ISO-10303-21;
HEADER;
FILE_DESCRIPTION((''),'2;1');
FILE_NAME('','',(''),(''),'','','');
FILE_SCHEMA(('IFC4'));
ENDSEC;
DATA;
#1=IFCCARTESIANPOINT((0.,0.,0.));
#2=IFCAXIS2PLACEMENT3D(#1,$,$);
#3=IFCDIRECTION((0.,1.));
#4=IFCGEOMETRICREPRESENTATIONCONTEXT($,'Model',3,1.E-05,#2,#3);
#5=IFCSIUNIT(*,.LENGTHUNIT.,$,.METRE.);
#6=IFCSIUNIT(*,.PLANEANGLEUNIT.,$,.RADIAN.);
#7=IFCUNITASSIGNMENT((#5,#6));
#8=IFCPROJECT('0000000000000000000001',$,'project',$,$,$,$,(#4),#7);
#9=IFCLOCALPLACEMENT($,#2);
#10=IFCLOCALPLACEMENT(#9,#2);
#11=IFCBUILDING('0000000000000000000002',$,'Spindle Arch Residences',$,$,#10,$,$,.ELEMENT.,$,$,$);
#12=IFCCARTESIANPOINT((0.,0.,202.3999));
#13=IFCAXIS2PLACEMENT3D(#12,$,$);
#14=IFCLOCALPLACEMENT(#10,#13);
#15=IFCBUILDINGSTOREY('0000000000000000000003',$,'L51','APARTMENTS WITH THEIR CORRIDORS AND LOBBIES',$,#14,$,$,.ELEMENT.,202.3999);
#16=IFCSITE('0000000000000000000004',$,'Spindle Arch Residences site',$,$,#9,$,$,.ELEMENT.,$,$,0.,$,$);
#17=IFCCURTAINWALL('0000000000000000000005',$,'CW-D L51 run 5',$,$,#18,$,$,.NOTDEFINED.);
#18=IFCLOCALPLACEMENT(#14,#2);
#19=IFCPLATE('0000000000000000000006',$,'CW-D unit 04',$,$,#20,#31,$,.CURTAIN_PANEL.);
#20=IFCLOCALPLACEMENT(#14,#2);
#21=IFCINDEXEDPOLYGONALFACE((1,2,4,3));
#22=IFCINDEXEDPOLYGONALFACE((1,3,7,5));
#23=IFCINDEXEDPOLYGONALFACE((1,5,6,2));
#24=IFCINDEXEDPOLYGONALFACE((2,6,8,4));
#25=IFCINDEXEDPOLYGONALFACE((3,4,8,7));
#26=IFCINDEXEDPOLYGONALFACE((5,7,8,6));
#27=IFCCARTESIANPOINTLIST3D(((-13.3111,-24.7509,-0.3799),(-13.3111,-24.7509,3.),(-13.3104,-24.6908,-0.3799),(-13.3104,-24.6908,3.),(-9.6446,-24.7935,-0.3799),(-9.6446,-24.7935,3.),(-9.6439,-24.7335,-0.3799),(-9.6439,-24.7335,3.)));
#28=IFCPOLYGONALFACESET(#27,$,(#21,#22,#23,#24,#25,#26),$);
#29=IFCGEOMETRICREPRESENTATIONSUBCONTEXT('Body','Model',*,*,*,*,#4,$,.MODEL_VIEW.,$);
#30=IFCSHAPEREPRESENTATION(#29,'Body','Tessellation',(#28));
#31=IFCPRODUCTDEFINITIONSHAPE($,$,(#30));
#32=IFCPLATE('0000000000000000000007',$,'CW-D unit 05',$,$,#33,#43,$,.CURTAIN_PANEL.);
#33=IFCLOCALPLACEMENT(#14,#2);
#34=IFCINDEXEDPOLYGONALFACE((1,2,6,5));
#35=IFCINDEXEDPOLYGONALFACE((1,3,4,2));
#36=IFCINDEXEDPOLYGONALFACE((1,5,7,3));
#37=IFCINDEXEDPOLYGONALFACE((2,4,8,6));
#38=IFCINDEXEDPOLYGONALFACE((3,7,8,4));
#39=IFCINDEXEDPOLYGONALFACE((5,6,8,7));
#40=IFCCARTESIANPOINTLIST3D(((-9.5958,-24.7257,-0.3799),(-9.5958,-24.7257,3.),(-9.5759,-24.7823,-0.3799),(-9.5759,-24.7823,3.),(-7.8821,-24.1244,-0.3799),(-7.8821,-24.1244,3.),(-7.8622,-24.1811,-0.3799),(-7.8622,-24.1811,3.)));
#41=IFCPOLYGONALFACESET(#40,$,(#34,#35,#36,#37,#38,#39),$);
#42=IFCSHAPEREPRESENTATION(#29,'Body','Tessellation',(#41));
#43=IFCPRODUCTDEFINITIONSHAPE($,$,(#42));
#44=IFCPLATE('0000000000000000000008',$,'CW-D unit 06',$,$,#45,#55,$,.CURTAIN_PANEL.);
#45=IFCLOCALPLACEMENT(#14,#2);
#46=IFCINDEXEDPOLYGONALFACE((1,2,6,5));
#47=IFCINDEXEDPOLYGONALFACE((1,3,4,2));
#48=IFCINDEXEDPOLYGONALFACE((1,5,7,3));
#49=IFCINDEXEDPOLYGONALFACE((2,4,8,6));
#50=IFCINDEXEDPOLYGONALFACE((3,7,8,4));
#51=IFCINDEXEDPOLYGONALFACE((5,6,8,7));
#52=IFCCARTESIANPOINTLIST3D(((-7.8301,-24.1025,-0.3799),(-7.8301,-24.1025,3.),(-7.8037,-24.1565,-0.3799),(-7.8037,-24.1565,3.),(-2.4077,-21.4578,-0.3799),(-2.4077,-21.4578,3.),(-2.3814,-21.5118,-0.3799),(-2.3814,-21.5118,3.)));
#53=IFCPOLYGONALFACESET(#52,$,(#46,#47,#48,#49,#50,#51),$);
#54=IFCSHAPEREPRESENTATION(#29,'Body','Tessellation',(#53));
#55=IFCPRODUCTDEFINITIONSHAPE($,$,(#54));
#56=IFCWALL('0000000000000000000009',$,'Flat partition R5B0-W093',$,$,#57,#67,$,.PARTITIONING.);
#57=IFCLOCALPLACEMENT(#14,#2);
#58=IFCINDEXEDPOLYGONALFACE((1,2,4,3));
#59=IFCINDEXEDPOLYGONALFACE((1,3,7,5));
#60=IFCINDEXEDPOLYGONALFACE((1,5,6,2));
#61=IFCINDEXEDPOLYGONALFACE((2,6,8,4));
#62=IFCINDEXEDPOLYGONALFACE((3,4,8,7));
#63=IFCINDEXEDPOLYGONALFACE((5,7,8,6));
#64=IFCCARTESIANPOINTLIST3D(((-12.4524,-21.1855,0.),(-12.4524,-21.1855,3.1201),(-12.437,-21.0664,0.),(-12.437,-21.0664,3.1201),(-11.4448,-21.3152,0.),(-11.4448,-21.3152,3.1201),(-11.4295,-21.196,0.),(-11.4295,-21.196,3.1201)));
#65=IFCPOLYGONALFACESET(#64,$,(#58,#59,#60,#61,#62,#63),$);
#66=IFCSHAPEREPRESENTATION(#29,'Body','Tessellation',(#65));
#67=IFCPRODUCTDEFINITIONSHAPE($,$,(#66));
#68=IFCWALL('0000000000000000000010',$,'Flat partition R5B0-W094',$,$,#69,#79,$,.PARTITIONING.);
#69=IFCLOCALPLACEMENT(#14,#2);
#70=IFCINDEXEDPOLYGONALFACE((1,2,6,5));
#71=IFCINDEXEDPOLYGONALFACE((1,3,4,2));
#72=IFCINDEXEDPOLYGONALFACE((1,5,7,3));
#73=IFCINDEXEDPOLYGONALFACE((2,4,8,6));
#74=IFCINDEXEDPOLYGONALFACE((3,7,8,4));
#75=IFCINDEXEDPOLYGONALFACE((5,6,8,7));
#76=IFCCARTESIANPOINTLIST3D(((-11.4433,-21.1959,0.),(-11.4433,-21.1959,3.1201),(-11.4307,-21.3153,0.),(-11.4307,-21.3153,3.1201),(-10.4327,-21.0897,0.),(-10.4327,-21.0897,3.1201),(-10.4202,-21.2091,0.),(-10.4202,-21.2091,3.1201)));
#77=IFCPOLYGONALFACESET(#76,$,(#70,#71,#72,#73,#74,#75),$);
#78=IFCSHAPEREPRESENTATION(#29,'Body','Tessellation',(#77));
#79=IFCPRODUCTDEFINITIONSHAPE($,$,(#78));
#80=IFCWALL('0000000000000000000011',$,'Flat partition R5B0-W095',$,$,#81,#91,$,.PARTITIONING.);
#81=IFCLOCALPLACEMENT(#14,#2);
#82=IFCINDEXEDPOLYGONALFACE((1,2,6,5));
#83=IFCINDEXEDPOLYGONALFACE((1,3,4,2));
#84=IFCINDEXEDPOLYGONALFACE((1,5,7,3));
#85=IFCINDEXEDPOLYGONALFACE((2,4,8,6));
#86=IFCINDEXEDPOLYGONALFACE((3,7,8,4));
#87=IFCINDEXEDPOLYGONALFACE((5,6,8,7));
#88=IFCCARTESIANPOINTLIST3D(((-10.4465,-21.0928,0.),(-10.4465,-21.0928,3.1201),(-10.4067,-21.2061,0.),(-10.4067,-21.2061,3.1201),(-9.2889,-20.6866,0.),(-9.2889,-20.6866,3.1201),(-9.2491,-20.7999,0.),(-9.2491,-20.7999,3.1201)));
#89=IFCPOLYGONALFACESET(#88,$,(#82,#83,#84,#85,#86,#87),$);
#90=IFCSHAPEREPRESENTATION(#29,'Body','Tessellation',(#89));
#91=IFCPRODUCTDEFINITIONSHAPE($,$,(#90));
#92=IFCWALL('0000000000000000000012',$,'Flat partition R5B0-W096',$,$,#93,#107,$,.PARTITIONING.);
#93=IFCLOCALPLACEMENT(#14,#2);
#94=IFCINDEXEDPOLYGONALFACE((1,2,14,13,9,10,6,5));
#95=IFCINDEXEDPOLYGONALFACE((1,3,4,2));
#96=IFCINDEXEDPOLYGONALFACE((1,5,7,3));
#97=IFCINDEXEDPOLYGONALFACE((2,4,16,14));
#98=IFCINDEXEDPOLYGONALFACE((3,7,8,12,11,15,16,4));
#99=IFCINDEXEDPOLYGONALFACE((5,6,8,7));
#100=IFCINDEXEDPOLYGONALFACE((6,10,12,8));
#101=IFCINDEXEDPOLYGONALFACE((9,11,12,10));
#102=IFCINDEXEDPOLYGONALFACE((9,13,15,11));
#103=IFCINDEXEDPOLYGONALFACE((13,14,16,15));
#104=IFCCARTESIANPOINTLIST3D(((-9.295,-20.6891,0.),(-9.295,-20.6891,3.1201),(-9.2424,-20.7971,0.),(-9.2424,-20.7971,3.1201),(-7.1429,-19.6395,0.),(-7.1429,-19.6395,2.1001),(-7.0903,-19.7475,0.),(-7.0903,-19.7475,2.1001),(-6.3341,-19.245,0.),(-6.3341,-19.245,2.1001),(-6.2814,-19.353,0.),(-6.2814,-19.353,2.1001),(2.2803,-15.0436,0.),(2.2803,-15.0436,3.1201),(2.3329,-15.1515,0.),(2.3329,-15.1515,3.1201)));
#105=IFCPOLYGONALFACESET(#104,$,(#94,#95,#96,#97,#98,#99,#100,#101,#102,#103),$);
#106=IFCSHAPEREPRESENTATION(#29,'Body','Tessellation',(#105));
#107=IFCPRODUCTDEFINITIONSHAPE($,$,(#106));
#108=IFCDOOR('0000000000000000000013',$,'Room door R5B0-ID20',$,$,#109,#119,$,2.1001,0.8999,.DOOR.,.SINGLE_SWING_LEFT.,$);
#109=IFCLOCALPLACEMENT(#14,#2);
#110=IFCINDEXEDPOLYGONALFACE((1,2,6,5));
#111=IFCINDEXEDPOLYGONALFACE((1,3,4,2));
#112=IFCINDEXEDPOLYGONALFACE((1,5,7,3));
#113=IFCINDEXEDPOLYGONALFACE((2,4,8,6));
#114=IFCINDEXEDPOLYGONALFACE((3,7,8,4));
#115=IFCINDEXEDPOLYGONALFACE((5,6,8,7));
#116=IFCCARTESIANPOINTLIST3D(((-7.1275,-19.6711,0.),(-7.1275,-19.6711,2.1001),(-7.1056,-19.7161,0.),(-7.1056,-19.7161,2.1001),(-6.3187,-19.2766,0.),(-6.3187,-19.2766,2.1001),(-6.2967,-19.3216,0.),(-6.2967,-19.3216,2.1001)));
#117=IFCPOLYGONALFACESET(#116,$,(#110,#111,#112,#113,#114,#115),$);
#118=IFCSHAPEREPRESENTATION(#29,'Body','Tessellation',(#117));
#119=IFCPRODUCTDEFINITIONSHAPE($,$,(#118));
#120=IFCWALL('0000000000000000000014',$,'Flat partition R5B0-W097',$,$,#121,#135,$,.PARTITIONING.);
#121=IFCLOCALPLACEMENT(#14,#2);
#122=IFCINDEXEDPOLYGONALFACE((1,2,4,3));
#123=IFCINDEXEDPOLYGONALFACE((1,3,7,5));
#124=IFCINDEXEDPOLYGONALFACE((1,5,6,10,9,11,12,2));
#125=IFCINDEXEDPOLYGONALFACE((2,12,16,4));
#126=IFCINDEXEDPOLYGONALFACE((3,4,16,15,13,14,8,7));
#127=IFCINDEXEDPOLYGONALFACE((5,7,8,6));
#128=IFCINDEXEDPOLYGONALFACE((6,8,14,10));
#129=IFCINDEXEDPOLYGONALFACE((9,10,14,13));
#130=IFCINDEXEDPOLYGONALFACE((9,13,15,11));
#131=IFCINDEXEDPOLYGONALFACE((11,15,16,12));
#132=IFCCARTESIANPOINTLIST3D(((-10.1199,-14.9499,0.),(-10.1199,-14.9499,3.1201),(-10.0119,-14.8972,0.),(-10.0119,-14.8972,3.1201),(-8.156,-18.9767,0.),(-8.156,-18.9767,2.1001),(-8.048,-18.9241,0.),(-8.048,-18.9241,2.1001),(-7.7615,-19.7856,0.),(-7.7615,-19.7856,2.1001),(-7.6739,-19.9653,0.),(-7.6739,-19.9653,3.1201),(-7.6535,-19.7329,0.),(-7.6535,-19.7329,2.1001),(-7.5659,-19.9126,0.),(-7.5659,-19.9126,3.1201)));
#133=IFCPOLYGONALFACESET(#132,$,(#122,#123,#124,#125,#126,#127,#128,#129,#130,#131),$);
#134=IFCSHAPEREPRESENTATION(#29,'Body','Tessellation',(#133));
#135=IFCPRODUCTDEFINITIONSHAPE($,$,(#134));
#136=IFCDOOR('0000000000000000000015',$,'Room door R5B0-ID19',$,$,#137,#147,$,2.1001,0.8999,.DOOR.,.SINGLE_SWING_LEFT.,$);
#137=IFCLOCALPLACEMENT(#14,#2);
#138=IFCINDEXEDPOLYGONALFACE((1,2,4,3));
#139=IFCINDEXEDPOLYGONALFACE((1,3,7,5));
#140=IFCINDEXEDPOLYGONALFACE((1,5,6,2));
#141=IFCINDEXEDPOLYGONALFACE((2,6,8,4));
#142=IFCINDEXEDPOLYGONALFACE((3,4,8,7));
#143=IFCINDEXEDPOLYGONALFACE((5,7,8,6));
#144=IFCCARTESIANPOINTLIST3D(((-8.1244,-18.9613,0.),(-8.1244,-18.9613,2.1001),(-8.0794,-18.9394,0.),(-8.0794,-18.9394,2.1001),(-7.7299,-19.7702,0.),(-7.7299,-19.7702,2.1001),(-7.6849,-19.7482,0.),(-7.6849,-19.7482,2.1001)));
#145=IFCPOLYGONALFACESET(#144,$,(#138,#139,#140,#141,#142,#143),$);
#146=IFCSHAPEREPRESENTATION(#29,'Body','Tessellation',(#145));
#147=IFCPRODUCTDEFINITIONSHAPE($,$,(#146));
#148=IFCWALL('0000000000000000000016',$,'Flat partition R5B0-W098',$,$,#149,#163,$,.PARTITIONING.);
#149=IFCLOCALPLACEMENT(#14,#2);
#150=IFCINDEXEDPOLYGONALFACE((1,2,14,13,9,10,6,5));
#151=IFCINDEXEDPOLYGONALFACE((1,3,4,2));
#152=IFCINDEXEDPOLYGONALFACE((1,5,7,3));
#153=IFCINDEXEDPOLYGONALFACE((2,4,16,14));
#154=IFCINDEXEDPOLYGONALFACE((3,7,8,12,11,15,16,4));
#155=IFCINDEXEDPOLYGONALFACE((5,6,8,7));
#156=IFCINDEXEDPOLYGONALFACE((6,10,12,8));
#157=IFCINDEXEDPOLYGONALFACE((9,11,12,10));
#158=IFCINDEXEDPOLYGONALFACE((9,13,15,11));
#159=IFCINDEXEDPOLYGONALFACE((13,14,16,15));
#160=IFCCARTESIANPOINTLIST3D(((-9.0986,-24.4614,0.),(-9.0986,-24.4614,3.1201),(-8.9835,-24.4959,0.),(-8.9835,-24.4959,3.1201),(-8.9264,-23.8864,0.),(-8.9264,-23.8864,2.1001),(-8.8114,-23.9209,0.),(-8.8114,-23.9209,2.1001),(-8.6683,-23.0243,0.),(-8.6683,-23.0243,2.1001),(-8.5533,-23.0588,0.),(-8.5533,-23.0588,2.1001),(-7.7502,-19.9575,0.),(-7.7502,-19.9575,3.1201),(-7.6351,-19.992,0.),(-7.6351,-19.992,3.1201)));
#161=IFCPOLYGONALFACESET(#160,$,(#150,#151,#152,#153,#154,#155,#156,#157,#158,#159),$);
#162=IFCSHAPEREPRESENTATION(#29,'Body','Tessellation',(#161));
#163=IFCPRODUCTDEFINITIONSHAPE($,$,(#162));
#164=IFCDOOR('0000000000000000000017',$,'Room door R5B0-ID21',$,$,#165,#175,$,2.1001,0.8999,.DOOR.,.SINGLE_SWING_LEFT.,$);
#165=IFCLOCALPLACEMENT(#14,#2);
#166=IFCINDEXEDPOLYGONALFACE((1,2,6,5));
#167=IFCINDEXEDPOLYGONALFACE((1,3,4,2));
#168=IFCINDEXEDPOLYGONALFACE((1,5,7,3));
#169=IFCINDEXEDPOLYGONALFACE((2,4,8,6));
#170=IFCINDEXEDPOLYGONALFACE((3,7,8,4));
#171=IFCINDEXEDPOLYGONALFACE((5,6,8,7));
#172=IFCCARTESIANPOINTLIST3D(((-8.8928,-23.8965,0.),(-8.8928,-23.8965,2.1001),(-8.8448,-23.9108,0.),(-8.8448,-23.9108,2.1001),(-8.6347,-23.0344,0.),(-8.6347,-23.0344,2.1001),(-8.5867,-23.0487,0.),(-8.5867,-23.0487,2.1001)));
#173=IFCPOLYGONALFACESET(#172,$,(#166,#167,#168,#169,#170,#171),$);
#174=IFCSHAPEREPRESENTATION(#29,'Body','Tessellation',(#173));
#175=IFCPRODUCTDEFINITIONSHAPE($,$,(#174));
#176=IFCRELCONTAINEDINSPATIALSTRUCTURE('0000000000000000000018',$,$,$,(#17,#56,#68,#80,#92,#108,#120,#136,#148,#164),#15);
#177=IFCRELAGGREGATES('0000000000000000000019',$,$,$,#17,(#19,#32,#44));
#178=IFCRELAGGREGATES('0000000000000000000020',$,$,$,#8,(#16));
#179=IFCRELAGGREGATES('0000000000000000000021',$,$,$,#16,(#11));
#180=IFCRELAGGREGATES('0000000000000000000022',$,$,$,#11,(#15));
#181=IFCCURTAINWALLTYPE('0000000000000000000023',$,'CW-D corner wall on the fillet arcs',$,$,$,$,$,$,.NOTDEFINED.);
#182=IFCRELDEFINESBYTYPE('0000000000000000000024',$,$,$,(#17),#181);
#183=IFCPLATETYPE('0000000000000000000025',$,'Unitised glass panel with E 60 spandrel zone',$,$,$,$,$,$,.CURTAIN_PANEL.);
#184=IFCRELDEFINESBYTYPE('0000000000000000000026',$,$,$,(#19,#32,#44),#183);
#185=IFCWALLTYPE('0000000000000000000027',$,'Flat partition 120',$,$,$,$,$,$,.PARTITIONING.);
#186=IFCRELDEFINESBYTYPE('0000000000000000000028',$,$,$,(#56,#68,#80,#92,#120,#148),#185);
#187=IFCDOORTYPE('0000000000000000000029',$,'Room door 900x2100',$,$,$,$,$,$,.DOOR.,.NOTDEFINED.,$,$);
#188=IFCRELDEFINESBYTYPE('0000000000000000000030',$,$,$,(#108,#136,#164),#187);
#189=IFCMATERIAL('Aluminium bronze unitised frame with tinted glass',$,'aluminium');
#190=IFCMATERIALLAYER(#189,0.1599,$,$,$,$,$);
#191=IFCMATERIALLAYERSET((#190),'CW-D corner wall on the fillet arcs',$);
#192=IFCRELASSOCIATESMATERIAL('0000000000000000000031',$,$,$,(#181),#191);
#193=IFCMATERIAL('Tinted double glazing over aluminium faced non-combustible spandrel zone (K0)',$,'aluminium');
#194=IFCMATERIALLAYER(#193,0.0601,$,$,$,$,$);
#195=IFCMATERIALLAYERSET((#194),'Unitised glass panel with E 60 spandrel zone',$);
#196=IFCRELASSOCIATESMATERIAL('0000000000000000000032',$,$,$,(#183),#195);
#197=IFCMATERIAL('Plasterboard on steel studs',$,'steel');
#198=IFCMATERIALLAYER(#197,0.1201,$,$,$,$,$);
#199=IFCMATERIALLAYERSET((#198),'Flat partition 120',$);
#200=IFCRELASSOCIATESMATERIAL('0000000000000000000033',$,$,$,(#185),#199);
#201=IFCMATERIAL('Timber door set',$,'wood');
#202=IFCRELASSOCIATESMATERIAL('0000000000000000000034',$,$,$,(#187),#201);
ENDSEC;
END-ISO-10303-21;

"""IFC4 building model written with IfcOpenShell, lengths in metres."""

from ifc_helpers import new_model, si_unit, direction, frame, frame_2d, origin, origin_2d, place, context, subcontext, project, spatial, rectangle, extrude, material, layer, layer_set, type_object, element, fill, aggregate, save


model = new_model("IFC4")

# Units and contexts
model_context = context("Model", 3, precision=1e-05, world=origin(), true_north=direction((0.0, 1.0)))
body_context = subcontext(model_context, "Body", "Model", "MODEL_VIEW")
ifc_project = project(units=[si_unit("LENGTHUNIT", "METRE"), si_unit("PLANEANGLEUNIT", "RADIAN")], contexts=[model_context])

# Site, building, storey
site_placement = place(None, origin())
site = spatial("IfcSite", under=ifc_project, at=site_placement, Name="Spindle Arch Residences site", CompositionType="ELEMENT", RefElevation=0.0)
building_placement = place(site_placement, origin())
building = spatial("IfcBuilding", under=site, at=building_placement, Name="Spindle Arch Residences", CompositionType="ELEMENT")
storey_placement = place(building_placement, frame((0.0, 0.0, 202.3999)))
storey = spatial("IfcBuildingStorey", under=building, at=storey_placement, Name="L51", Description="APARTMENTS WITH THEIR CORRIDORS AND LOBBIES", CompositionType="ELEMENT", Elevation=202.3999)

# Curtain wall
ifc_material_1 = material(Name="Aluminium bronze unitised frame with tinted glass", Category="aluminium")
ifc_layer_1 = layer(ifc_material_1, 0.1599)
ifc_layer_set_1 = layer_set([ifc_layer_1], Name="CW-D corner wall on the fillet arcs")
curtain_wall_type_1 = type_object("IfcCurtainWallType", Name="CW-D corner wall on the fillet arcs", PredefinedType="NOTDEFINED", material=ifc_layer_set_1)
curtain_wall_1_placement = place(storey_placement, origin())
curtain_wall_1 = element("IfcCurtainWall", 1, at=curtain_wall_1_placement, inside=storey, type_object=curtain_wall_type_1, Name="CW-D L51 run 5", PredefinedType="NOTDEFINED")

# Plates
ifc_material_2 = material(Name="Tinted double glazing over aluminium faced non-combustible spandrel zone (K0)", Category="aluminium")
ifc_layer_2 = layer(ifc_material_2, 0.0601)
ifc_layer_set_2 = layer_set([ifc_layer_2], Name="Unitised glass panel with E 60 spandrel zone")
plate_type = type_object("IfcPlateType", Name="Unitised glass panel with E 60 spandrel zone", PredefinedType="CURTAIN_PANEL", material=ifc_layer_set_2)
plate_1_placement = place(storey_placement, frame((-11.4775, -24.7422, -0.3799), z_axis=(0.0, 0.0, 1.0), x_axis=(0.999932, -0.011635, 0.0)))
plate_1 = element("IfcPlate", 2, at=plate_1_placement, type_object=plate_type, Name="CW-D unit 04", PredefinedType="CURTAIN_PANEL", context=body_context, shape_type="SweptSolid", body=[
    extrude(rectangle(XDim=3.6667, YDim=0.0601, at=origin_2d()), origin(), (0.0, 0.0, 1.0), 3.3799),
])
plate_2_placement = place(storey_placement, frame((-8.729, -24.4534, -0.3799), z_axis=(0.0, 0.0, 1.0), x_axis=(0.943609, 0.331063, 0.0)))
plate_2 = element("IfcPlate", 3, at=plate_2_placement, type_object=plate_type, Name="CW-D unit 05", PredefinedType="CURTAIN_PANEL", context=body_context, shape_type="SweptSolid", body=[
    extrude(rectangle(XDim=1.8162, YDim=0.0601, at=origin_2d()), origin(), (0.0, 0.0, 1.0), 3.3799),
])
plate_3_placement = place(storey_placement, frame((-5.1057, -22.8071, -0.3799), z_axis=(0.0, 0.0, 1.0), x_axis=(0.898794, 0.438371, 0.0)))
plate_3 = element("IfcPlate", 4, at=plate_3_placement, type_object=plate_type, Name="CW-D unit 06", PredefinedType="CURTAIN_PANEL", context=body_context, shape_type="SweptSolid", body=[
    extrude(rectangle(XDim=6.033, YDim=0.0601, at=origin_2d()), origin(), (0.0, 0.0, 1.0), 3.3799),
])
aggregate(curtain_wall_1, [plate_1, plate_2, plate_3])

# Walls
ifc_material_3 = material(Name="Plasterboard on steel studs", Category="steel")
ifc_layer_3 = layer(ifc_material_3, 0.1201)
ifc_layer_set_3 = layer_set([ifc_layer_3], Name="Flat partition 120")
wall_type = type_object("IfcWallType", Name="Flat partition 120", PredefinedType="PARTITIONING", material=ifc_layer_set_3)
wall_1_placement = place(storey_placement, frame((-12.4446, -21.126, 0.0), z_axis=(0.0, 0.0, 1.0), x_axis=(0.991824, -0.127613, 0.0)))
element("IfcWall", 5, at=wall_1_placement, inside=storey, type_object=wall_type, Name="Flat partition R5B0-W093", PredefinedType="PARTITIONING", context=body_context, shape_type="SweptSolid", body=[
    extrude(rectangle(XDim=1.0159, YDim=0.1201, at=frame_2d((0.5078, 0.0))), origin(), (0.0, 0.0, 1.0), 3.1201),
])
wall_2_placement = place(storey_placement, frame((-11.437, -21.2556, 0.0), z_axis=(0.0, 0.0, 1.0), x_axis=(0.994523, 0.104522, 0.0)))
element("IfcWall", 6, at=wall_2_placement, inside=storey, type_object=wall_type, Name="Flat partition R5B0-W094", PredefinedType="PARTITIONING", context=body_context, shape_type="SweptSolid", body=[
    extrude(rectangle(XDim=1.0161, YDim=0.1201, at=frame_2d((0.5081, 0.0))), origin(), (0.0, 0.0, 1.0), 3.1201),
])
wall_3_placement = place(storey_placement, frame((-10.4265, -21.1494, 0.0), z_axis=(0.0, 0.0, 1.0), x_axis=(0.943591, 0.331113, 0.0)))
element("IfcWall", 7, at=wall_3_placement, inside=storey, type_object=wall_type, Name="Flat partition R5B0-W095", PredefinedType="PARTITIONING", context=body_context, shape_type="SweptSolid", body=[
    extrude(rectangle(XDim=1.2268, YDim=0.1201, at=frame_2d((0.6133, 0.0))), origin(), (0.0, 0.0, 1.0), 3.1201),
])

# Walls, openings, doors
wall_4_placement = place(storey_placement, frame((-9.2688, -20.7432, 0.0), z_axis=(0.0, 0.0, 1.0), x_axis=(0.898797, 0.438365, 0.0)))
wall_4 = element("IfcWall", 8, at=wall_4_placement, inside=storey, type_object=wall_type, Name="Flat partition R5B0-W096", PredefinedType="PARTITIONING", context=body_context, shape_type="SweptSolid", body=[
    extrude(rectangle(XDim=12.8787, YDim=0.1201, at=frame_2d((6.4395, 0.0))), origin(), (0.0, 0.0, 1.0), 3.1201),
])
opening_1_placement = place(wall_4_placement, frame((2.3945, 0.0, 0.0)))
opening_1 = element("IfcOpeningElement", 9, at=opening_1_placement, cuts=wall_4, PredefinedType="OPENING", context=body_context, shape_type="SweptSolid", body=[
    extrude(rectangle(XDim=0.8999, YDim=2.1001, at=frame_2d((0.45, 1.05))), frame((0.0, 0.0701, 0.0), z_axis=(0.0, -1.0, 0.0), x_axis=(1.0, 0.0, 0.0)), (0.0, 0.0, 1.0), 0.1401),
])
ifc_material_4 = material(Name="Timber door set", Category="wood")
door_type = type_object("IfcDoorType", Name="Room door 900x2100", OperationType="NOTDEFINED", PredefinedType="DOOR", material=ifc_material_4)
door_1_placement = place(opening_1_placement, origin())
door_1 = element("IfcDoor", 10, at=door_1_placement, inside=storey, type_object=door_type, Name="Room door R5B0-ID20", OperationType="SINGLE_SWING_LEFT", OverallHeight=2.1001, OverallWidth=0.8999, PredefinedType="DOOR", context=body_context, shape_type="SweptSolid", body=[
    extrude(rectangle(XDim=0.8999, YDim=2.1001, at=frame_2d((0.45, 1.05))), frame((0.0, 0.0249, 0.0), z_axis=(0.0, -1.0, 0.0), x_axis=(1.0, 0.0, 0.0)), (0.0, 0.0, 1.0), 0.05),
])
fill(opening_1, door_1)
wall_5_placement = place(storey_placement, frame((-7.6199, -19.939, 0.0), z_axis=(0.0, 0.0, 1.0), x_axis=(-0.438354, 0.898803, 0.0)))
wall_5 = element("IfcWall", 11, at=wall_5_placement, inside=storey, type_object=wall_type, Name="Flat partition R5B0-W097", PredefinedType="PARTITIONING", context=body_context, shape_type="SweptSolid", body=[
    extrude(rectangle(XDim=5.5801, YDim=0.1201, at=frame_2d((2.79, 0.0))), origin(), (0.0, 0.0, 1.0), 3.1201),
])
opening_2_placement = place(wall_5_placement, frame((0.2, 0.0, 0.0)))
opening_2 = element("IfcOpeningElement", 12, at=opening_2_placement, cuts=wall_5, PredefinedType="OPENING", context=body_context, shape_type="SweptSolid", body=[
    extrude(rectangle(XDim=0.8999, YDim=2.1001, at=frame_2d((0.45, 1.05))), frame((0.0, 0.0701, 0.0), z_axis=(0.0, -1.0, 0.0), x_axis=(1.0, 0.0, 0.0)), (0.0, 0.0, 1.0), 0.1401),
])
door_2_placement = place(opening_2_placement, origin())
door_2 = element("IfcDoor", 13, at=door_2_placement, inside=storey, type_object=door_type, Name="Room door R5B0-ID19", OperationType="SINGLE_SWING_LEFT", OverallHeight=2.1001, OverallWidth=0.8999, PredefinedType="DOOR", context=body_context, shape_type="SweptSolid", body=[
    extrude(rectangle(XDim=0.8999, YDim=2.1001, at=frame_2d((0.45, 1.05))), frame((0.0, 0.0249, 0.0), z_axis=(0.0, -1.0, 0.0), x_axis=(1.0, 0.0, 0.0)), (0.0, 0.0, 1.0), 0.05),
])
fill(opening_2, door_2)
wall_6_placement = place(storey_placement, frame((-9.041, -24.4785, 0.0), z_axis=(0.0, 0.0, 1.0), x_axis=(0.286805, 0.957989, 0.0)))
wall_6 = element("IfcWall", 14, at=wall_6_placement, inside=storey, type_object=wall_type, Name="Flat partition R5B0-W098", PredefinedType="PARTITIONING", context=body_context, shape_type="SweptSolid", body=[
    extrude(rectangle(XDim=4.7014, YDim=0.1201, at=frame_2d((2.3506, 0.0))), origin(), (0.0, 0.0, 1.0), 3.1201),
])
opening_3_placement = place(wall_6_placement, frame((0.6001, 0.0, 0.0)))
opening_3 = element("IfcOpeningElement", 15, at=opening_3_placement, cuts=wall_6, PredefinedType="OPENING", context=body_context, shape_type="SweptSolid", body=[
    extrude(rectangle(XDim=0.8999, YDim=2.1001, at=frame_2d((0.45, 1.05))), frame((0.0, 0.0701, 0.0), z_axis=(0.0, -1.0, 0.0), x_axis=(1.0, 0.0, 0.0)), (0.0, 0.0, 1.0), 0.1401),
])
door_3_placement = place(opening_3_placement, origin())
door_3 = element("IfcDoor", 16, at=door_3_placement, inside=storey, type_object=door_type, Name="Room door R5B0-ID21", OperationType="SINGLE_SWING_LEFT", OverallHeight=2.1001, OverallWidth=0.8999, PredefinedType="DOOR", context=body_context, shape_type="SweptSolid", body=[
    extrude(rectangle(XDim=0.8999, YDim=2.1001, at=frame_2d((0.45, 1.05))), frame((0.0, 0.0249, 0.0), z_axis=(0.0, -1.0, 0.0), x_axis=(1.0, 0.0, 0.0)), (0.0, 0.0, 1.0), 0.05),
])
fill(opening_3, door_3)

save(model, "model.ifc")
